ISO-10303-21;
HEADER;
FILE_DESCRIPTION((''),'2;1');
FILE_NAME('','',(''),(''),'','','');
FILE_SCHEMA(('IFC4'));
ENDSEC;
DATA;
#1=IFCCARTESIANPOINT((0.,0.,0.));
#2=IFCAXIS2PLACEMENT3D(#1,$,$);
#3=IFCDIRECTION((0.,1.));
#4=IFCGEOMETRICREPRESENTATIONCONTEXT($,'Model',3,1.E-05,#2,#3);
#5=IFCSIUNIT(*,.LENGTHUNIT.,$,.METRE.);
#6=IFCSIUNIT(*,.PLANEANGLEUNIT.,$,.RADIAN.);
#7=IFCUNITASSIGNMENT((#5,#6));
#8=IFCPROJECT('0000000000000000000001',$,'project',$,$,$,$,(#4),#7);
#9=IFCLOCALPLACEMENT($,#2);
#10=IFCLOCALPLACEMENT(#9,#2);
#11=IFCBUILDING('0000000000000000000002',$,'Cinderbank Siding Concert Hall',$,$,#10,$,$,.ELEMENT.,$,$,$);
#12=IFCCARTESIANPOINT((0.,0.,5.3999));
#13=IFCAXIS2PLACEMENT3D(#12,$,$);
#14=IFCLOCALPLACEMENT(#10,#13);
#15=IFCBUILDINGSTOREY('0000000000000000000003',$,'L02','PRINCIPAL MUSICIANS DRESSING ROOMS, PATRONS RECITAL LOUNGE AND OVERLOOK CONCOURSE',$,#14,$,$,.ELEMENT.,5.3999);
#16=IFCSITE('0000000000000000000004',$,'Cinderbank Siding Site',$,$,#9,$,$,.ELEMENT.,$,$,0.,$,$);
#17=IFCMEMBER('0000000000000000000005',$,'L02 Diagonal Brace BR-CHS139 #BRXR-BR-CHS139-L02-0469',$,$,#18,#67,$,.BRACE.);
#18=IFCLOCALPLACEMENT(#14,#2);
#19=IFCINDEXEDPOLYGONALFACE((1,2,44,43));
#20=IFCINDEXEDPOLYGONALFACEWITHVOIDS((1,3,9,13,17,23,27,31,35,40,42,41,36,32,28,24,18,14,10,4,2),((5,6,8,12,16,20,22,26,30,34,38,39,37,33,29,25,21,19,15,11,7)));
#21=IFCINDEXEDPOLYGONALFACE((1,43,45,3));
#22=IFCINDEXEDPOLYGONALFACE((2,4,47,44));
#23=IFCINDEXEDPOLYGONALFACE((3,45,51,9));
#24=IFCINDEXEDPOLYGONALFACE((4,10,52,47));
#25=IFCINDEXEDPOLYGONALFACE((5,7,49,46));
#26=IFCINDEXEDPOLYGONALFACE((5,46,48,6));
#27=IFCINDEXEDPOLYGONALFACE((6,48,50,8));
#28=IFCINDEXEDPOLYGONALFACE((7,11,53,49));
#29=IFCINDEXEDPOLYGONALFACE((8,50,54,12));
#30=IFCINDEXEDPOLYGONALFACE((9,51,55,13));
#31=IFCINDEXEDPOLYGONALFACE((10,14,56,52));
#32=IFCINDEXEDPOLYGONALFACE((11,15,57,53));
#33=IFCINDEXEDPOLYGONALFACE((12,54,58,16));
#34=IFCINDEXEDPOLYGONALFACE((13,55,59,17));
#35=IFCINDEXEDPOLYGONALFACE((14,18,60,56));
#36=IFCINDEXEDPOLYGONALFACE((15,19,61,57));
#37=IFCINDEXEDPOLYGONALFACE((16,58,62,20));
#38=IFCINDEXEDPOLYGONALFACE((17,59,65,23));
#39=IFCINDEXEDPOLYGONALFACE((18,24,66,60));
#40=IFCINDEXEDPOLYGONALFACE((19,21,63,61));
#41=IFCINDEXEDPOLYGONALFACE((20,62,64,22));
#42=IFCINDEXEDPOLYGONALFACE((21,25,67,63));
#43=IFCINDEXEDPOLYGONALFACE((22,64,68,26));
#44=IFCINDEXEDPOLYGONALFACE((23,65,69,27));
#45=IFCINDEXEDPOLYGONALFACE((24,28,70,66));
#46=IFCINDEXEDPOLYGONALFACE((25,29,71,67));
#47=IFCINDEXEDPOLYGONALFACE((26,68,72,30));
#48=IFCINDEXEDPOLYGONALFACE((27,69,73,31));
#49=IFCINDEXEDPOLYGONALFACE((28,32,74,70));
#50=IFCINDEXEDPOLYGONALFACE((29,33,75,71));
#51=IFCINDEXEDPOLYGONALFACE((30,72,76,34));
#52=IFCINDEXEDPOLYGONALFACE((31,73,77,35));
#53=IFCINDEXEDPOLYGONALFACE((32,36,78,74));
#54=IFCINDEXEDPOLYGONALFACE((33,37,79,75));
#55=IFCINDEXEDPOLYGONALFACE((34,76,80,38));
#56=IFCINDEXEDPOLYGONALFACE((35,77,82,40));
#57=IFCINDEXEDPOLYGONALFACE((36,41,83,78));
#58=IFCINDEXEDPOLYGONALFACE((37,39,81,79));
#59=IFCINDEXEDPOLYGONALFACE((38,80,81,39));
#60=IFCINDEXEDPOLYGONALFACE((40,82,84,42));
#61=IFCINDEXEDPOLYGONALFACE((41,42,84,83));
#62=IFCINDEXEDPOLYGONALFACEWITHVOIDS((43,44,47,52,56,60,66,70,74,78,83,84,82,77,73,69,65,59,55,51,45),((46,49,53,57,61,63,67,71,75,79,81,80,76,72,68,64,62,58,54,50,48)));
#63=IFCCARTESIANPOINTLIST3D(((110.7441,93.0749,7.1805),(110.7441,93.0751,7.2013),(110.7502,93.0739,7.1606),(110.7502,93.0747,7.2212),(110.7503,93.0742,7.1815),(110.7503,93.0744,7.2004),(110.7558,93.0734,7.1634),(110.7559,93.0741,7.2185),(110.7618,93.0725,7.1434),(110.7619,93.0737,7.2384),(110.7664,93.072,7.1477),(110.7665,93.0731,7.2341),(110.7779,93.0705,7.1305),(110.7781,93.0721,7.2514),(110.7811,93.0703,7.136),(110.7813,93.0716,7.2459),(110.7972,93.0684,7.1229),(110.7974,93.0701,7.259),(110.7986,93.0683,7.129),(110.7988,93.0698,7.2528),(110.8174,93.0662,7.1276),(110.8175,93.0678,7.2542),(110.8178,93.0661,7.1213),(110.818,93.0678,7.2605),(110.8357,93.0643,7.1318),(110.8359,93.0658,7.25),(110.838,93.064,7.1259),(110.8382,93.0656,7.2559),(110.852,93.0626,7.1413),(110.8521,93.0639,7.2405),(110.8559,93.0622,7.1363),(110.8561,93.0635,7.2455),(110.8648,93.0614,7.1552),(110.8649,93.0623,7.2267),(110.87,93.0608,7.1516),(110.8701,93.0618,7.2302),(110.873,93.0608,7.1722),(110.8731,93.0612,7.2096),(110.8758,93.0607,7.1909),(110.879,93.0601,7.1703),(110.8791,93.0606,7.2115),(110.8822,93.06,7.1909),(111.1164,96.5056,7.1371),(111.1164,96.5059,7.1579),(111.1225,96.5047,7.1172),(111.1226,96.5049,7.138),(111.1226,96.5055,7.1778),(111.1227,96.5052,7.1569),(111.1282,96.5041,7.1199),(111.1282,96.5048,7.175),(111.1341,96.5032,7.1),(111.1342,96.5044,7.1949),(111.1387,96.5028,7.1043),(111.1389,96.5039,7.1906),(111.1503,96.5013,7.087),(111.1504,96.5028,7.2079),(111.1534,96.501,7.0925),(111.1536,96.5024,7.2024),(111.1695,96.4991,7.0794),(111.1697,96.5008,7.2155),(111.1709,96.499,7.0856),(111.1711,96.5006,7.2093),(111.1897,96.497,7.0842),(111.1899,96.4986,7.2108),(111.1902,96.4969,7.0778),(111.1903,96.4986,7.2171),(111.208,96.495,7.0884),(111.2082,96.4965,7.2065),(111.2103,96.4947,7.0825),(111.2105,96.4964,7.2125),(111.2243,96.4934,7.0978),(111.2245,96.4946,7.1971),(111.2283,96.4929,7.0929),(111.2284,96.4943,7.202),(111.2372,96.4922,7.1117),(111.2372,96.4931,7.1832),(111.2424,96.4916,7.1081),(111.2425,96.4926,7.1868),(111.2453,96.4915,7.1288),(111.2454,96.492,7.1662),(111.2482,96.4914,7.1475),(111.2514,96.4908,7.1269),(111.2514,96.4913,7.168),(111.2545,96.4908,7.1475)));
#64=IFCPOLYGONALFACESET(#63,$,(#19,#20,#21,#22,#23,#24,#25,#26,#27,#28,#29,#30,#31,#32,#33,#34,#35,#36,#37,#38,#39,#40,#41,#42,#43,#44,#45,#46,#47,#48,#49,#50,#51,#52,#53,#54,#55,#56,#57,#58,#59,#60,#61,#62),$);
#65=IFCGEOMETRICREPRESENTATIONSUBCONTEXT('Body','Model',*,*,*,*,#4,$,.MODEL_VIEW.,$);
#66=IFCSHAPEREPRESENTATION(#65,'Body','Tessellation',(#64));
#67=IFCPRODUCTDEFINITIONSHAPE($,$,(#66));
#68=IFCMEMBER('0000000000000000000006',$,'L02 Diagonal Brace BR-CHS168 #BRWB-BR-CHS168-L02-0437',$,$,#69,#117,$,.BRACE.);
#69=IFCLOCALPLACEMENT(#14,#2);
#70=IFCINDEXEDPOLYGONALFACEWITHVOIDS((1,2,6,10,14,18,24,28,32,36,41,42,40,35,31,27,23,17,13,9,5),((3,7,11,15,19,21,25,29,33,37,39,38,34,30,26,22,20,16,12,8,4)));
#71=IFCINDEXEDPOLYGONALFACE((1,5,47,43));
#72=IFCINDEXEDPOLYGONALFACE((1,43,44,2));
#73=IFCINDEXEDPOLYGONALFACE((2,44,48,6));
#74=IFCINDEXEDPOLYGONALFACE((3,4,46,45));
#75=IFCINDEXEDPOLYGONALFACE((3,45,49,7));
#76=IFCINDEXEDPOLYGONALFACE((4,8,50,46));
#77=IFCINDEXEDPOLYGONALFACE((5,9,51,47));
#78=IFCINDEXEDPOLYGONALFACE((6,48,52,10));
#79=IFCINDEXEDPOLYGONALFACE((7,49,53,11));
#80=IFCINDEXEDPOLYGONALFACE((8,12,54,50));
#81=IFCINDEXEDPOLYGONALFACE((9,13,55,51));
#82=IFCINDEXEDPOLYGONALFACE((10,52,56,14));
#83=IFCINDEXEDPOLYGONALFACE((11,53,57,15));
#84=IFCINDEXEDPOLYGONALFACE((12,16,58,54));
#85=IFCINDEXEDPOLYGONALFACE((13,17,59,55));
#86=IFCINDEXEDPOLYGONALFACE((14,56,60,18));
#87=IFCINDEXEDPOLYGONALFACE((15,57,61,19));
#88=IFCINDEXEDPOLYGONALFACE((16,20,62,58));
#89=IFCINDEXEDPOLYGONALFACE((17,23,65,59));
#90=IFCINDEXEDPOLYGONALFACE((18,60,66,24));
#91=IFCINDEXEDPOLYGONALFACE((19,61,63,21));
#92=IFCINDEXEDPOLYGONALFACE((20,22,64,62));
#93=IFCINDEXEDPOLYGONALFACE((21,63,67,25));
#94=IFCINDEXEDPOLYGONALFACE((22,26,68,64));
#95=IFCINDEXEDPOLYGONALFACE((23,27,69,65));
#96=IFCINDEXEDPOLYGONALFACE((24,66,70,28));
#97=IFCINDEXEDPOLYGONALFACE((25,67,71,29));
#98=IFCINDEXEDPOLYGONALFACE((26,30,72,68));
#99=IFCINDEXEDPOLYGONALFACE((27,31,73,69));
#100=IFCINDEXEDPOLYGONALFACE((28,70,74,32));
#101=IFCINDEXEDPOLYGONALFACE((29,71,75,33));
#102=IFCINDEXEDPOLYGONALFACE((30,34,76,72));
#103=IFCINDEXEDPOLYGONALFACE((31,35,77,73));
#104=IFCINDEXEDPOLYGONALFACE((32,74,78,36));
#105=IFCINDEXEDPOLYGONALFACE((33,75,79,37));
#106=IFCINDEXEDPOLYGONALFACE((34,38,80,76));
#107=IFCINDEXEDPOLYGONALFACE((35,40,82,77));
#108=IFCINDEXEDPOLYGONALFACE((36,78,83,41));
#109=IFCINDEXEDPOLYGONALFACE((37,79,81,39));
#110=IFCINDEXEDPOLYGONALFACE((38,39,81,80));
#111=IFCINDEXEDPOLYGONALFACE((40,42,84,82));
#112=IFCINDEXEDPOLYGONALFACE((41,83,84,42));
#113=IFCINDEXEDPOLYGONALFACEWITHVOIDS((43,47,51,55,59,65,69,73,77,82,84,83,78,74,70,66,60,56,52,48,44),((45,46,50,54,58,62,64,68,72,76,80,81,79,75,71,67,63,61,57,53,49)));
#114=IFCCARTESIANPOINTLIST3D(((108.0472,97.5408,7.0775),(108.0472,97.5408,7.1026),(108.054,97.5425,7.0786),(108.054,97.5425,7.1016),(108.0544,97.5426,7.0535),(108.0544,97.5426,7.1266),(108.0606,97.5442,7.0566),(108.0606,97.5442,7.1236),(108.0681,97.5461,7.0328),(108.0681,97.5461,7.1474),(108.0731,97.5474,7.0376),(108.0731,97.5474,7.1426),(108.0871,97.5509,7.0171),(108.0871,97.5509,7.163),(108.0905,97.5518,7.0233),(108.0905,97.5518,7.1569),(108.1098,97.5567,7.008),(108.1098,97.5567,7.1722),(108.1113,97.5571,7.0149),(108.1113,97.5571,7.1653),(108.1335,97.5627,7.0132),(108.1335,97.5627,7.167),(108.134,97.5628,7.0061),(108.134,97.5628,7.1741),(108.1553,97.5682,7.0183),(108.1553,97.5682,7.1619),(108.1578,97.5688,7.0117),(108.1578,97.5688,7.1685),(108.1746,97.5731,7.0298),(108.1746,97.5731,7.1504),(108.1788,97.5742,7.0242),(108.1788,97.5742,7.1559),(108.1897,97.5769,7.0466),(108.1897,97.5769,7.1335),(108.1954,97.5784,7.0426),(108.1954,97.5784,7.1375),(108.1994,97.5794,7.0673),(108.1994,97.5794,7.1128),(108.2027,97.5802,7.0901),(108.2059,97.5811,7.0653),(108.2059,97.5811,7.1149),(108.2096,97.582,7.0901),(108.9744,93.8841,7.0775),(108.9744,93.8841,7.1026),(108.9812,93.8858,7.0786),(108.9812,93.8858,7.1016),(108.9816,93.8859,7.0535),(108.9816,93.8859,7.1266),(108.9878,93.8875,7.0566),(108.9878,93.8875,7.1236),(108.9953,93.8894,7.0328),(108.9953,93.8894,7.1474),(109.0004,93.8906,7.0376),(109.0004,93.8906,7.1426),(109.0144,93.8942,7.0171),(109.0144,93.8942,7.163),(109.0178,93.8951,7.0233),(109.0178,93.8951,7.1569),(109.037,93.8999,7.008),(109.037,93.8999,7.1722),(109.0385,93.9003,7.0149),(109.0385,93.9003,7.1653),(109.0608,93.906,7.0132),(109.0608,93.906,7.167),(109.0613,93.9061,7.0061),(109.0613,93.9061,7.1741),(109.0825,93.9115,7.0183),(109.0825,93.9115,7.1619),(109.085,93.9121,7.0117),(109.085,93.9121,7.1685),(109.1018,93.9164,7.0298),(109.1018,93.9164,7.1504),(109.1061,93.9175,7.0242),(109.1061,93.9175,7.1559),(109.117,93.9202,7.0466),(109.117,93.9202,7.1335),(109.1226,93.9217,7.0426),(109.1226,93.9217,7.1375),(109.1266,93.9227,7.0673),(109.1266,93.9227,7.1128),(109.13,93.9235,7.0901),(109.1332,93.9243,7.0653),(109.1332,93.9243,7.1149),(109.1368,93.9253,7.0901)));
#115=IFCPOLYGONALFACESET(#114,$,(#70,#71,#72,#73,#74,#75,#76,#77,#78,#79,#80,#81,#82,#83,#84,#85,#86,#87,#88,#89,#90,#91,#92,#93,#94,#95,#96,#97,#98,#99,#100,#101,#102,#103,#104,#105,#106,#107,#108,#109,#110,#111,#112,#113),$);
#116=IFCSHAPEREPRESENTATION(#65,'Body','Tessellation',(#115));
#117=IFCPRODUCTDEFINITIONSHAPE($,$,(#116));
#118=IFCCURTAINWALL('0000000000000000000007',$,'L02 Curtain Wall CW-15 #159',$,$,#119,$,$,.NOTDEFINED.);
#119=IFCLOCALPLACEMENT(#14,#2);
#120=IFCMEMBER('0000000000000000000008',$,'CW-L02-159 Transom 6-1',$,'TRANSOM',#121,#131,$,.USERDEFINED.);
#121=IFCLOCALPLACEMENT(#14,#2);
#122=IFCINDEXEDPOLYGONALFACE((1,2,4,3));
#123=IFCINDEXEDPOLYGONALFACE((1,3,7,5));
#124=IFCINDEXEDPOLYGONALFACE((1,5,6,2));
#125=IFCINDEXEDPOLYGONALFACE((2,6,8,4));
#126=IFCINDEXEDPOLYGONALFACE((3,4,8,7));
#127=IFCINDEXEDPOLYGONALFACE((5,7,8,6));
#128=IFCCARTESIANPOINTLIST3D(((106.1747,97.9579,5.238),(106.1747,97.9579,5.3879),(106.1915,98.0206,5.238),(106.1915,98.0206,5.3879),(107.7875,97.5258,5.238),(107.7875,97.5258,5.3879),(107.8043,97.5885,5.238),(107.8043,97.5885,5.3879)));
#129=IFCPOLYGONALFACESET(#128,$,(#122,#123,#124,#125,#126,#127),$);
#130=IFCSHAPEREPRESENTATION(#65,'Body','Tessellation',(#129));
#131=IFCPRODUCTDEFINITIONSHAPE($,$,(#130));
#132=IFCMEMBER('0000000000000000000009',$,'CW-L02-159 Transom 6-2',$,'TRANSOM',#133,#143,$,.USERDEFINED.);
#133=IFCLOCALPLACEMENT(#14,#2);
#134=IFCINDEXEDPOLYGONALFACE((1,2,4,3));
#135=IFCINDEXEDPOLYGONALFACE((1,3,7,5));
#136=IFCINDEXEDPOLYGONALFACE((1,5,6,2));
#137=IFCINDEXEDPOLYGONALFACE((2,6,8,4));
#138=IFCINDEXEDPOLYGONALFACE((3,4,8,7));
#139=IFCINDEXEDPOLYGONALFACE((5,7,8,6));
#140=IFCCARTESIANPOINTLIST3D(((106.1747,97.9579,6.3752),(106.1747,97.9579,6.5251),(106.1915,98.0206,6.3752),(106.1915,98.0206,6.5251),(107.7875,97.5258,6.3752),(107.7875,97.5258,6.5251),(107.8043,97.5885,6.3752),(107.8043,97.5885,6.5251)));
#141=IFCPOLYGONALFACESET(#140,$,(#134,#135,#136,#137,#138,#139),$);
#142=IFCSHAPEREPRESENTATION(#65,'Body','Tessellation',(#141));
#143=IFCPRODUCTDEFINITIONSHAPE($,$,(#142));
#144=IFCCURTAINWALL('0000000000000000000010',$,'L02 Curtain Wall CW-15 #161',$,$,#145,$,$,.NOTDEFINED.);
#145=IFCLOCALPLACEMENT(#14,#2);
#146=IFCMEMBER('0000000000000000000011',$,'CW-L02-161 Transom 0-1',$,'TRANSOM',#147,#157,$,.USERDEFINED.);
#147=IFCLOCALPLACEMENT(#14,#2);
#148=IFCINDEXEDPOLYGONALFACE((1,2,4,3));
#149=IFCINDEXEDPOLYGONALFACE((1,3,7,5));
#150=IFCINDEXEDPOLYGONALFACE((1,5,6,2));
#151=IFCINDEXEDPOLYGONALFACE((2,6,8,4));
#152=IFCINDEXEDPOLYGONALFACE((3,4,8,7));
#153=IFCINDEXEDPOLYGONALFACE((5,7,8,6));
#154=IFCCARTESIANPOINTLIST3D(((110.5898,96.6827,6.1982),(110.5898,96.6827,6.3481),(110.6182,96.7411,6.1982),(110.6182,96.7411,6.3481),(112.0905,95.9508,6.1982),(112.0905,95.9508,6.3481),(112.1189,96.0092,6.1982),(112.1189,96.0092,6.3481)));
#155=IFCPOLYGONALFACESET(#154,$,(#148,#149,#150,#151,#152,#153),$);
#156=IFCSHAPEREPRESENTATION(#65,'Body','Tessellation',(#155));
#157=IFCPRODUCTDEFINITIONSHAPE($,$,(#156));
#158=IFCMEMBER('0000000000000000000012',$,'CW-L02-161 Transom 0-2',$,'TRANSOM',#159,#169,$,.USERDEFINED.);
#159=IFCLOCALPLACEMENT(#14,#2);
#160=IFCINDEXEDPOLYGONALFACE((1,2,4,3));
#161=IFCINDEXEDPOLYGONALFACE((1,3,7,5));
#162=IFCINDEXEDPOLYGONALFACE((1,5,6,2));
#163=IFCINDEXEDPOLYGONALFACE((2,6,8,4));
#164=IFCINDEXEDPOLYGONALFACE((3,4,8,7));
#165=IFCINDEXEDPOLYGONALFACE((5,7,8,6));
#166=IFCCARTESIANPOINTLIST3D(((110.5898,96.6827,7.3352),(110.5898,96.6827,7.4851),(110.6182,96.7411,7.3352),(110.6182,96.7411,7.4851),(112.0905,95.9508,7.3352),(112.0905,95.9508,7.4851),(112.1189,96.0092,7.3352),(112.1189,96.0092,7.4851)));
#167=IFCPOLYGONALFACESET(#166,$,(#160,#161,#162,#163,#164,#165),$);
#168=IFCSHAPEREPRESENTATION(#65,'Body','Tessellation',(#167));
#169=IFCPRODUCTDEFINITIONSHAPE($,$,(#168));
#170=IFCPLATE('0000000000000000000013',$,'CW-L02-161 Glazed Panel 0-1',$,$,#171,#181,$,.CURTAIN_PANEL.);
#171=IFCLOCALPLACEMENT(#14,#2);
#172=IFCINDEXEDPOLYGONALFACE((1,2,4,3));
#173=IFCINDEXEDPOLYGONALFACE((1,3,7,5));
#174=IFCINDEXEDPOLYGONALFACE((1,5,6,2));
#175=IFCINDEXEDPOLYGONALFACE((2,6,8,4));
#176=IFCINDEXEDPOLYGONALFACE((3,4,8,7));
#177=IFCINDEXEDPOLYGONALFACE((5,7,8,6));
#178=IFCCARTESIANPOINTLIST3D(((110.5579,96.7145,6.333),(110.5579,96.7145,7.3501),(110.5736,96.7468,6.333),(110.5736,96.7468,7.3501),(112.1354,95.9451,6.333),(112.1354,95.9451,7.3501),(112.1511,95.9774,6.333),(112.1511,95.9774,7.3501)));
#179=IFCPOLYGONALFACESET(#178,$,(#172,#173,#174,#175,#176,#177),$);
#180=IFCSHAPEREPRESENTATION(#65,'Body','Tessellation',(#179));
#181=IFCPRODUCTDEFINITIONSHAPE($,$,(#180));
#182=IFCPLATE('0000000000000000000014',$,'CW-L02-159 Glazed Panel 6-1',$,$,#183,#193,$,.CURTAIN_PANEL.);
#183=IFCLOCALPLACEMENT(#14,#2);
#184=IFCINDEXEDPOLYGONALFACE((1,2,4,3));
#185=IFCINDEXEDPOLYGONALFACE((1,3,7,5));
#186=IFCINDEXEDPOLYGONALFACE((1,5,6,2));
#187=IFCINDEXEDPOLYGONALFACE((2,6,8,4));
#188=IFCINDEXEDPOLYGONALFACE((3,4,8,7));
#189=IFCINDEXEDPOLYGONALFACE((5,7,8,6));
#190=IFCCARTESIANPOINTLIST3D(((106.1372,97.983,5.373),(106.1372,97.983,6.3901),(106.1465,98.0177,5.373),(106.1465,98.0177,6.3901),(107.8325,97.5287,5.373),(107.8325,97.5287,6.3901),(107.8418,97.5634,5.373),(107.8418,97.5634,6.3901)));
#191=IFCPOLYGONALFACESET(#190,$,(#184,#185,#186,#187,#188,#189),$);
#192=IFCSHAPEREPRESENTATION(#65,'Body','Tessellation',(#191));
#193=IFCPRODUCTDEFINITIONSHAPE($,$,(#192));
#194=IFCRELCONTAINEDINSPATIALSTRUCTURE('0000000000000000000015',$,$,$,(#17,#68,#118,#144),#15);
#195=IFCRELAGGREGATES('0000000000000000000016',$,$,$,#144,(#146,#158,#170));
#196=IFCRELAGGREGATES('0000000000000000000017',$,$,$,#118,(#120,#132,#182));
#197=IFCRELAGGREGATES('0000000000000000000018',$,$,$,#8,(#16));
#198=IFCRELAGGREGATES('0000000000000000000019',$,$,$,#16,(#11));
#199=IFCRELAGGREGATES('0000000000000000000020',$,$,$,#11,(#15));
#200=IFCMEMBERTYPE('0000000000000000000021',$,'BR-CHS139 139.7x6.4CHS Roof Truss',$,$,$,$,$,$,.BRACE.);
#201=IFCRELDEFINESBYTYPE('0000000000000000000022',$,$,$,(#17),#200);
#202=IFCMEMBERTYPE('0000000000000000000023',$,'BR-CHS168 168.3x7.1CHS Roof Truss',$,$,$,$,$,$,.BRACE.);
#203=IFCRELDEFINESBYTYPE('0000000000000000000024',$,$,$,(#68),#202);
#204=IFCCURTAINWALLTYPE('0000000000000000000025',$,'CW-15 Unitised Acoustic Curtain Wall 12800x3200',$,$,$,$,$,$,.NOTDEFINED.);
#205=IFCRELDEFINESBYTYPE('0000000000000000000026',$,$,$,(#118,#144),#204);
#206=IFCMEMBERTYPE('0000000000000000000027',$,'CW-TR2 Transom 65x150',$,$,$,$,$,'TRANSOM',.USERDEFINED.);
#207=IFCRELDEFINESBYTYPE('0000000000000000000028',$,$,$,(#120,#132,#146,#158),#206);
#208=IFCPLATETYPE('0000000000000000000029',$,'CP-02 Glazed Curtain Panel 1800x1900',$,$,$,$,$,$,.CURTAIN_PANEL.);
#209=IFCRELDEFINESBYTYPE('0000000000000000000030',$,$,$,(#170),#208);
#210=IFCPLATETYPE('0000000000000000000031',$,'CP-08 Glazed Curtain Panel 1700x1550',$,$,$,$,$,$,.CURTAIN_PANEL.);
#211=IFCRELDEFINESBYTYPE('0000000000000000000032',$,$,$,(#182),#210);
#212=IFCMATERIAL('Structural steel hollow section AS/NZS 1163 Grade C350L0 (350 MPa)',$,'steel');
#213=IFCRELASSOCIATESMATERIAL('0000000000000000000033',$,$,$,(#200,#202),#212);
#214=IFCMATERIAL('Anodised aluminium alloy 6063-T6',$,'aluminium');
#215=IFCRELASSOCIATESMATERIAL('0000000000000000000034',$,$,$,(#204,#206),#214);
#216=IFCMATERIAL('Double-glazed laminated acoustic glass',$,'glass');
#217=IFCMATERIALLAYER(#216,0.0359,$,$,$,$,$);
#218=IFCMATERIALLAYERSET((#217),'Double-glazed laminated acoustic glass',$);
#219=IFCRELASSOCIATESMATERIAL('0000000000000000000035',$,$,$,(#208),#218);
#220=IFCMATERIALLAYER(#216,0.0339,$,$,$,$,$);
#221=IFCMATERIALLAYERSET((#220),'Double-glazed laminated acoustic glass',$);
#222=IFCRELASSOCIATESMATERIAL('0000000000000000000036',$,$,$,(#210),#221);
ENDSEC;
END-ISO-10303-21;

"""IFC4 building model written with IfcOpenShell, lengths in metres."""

from ifc_helpers import new_model, si_unit, direction, frame, origin, origin_2d, place, context, subcontext, project, spatial, rectangle, hollow_circle, extrude, material, layer, layer_set, material_profile, profile_set, type_object, element, aggregate, save


model = new_model("IFC4")

# Units and contexts
model_context = context("Model", 3, precision=1e-05, world=origin(), true_north=direction((0.0, 1.0)))
body_context = subcontext(model_context, "Body", "Model", "MODEL_VIEW")
ifc_project = project(units=[si_unit("LENGTHUNIT", "METRE"), si_unit("PLANEANGLEUNIT", "RADIAN")], contexts=[model_context])

# Site, building, storey
site_placement = place(None, origin())
site = spatial("IfcSite", under=ifc_project, at=site_placement, Name="Cinderbank Siding Site", CompositionType="ELEMENT", RefElevation=0.0)
building_placement = place(site_placement, origin())
building = spatial("IfcBuilding", under=site, at=building_placement, Name="Cinderbank Siding Concert Hall", CompositionType="ELEMENT")
storey_placement = place(building_placement, frame((0.0, 0.0, 5.3999)))
storey = spatial("IfcBuildingStorey", under=building, at=storey_placement, Name="L02", Description="PRINCIPAL MUSICIANS DRESSING ROOMS, PATRONS RECITAL LOUNGE AND OVERLOOK CONCOURSE", CompositionType="ELEMENT", Elevation=5.3999)

# Members
ifc_material_1 = material(Name="Structural steel hollow section AS/NZS 1163 Grade C350L0 (350 MPa)", Category="steel")
ifc_material_profile_1 = material_profile(ifc_material_1, hollow_circle(Radius=0.0698, WallThickness=0.0063, at=origin_2d()), Name="139.7x6.4CHS", Category="LoadBearing")
ifc_profile_set_1 = profile_set([ifc_material_profile_1], Name="Structural steel hollow section AS/NZS 1163 Grade C350L0 (350 MPa)")
member_type_1 = type_object("IfcMemberType", Name="BR-CHS139 139.7x6.4CHS Roof Truss", PredefinedType="BRACE", material=ifc_profile_set_1)
member_1_placement = place(storey_placement, frame((111.1851, 96.4983, 7.1475), z_axis=(-0.107883, -0.994084, 0.012592), x_axis=(0.994163, -0.107892, 0.0)))
element("IfcMember", 1, at=member_1_placement, inside=storey, type_object=member_type_1, Name="L02 Diagonal Brace BR-CHS139 #BRXR-BR-CHS139-L02-0469", PredefinedType="BRACE", context=body_context, shape_type="SweptSolid", body=[
    extrude(hollow_circle(Radius=0.0698, WallThickness=0.0063, at=origin_2d()), origin(), (0.0, 0.0, 1.0), 3.4512),
])
ifc_material_profile_2 = material_profile(ifc_material_1, hollow_circle(Radius=0.0842, WallThickness=0.0071, at=origin_2d()), Name="168.3x7.1CHS", Category="LoadBearing")
ifc_profile_set_2 = profile_set([ifc_material_profile_2], Name="Structural steel hollow section AS/NZS 1163 Grade C350L0 (350 MPa)")
member_type_2 = type_object("IfcMemberType", Name="BR-CHS168 168.3x7.1CHS Roof Truss", PredefinedType="BRACE", material=ifc_profile_set_2)
member_2_placement = place(storey_placement, frame((108.1279, 97.5613, 7.0901), z_axis=(0.245793, -0.969322, 0.0), x_axis=(0.969322, 0.245793, 0.0)))
element("IfcMember", 2, at=member_2_placement, inside=storey, type_object=member_type_2, Name="L02 Diagonal Brace BR-CHS168 #BRWB-BR-CHS168-L02-0437", PredefinedType="BRACE", context=body_context, shape_type="SweptSolid", body=[
    extrude(hollow_circle(Radius=0.0842, WallThickness=0.0071, at=origin_2d()), origin(), (0.0, 0.0, 1.0), 3.7725),
])

# Curtain wall, members
ifc_material_2 = material(Name="Anodised aluminium alloy 6063-T6", Category="aluminium")
curtain_wall_type = type_object("IfcCurtainWallType", Name="CW-15 Unitised Acoustic Curtain Wall 12800x3200", PredefinedType="NOTDEFINED", material=ifc_material_2)
curtain_wall_1_placement = place(storey_placement, origin())
curtain_wall_1 = element("IfcCurtainWall", 3, at=curtain_wall_1_placement, inside=storey, type_object=curtain_wall_type, Name="L02 Curtain Wall CW-15 #159", PredefinedType="NOTDEFINED")
ifc_material_profile_3 = material_profile(ifc_material_2, rectangle(XDim=0.0649, YDim=0.1499, at=origin_2d()), Name="ALU-TRAN-65x150", Category="LoadBearing")
ifc_profile_set_3 = profile_set([ifc_material_profile_3], Name="Anodised aluminium alloy 6063-T6")
member_type_3 = type_object("IfcMemberType", Name="CW-TR2 Transom 65x150", ElementType="TRANSOM", PredefinedType="USERDEFINED", material=ifc_profile_set_3)
member_3_placement = place(storey_placement, frame((106.1831, 97.9893, 5.313), z_axis=(0.965928, -0.258809, 0.0), x_axis=(0.258809, 0.965928, 0.0)))
member_3 = element("IfcMember", 4, at=member_3_placement, type_object=member_type_3, Name="CW-L02-159 Transom 6-1", ObjectType="TRANSOM", PredefinedType="USERDEFINED", context=body_context, shape_type="SweptSolid", body=[
    extrude(rectangle(XDim=0.0649, YDim=0.1499, at=origin_2d()), origin(), (0.0, 0.0, 1.0), 1.6697),
])
member_4_placement = place(storey_placement, frame((106.1831, 97.9893, 6.4502), z_axis=(0.965928, -0.258809, 0.0), x_axis=(0.258809, 0.965928, 0.0)))
member_4 = element("IfcMember", 5, at=member_4_placement, type_object=member_type_3, Name="CW-L02-159 Transom 6-2", ObjectType="TRANSOM", PredefinedType="USERDEFINED", context=body_context, shape_type="SweptSolid", body=[
    extrude(rectangle(XDim=0.0649, YDim=0.1499, at=origin_2d()), origin(), (0.0, 0.0, 1.0), 1.6697),
])

# Curtain wall, members, plate
curtain_wall_2_placement = place(storey_placement, origin())
curtain_wall_2 = element("IfcCurtainWall", 6, at=curtain_wall_2_placement, inside=storey, type_object=curtain_wall_type, Name="L02 Curtain Wall CW-15 #161", PredefinedType="NOTDEFINED")
member_5_placement = place(storey_placement, frame((110.604, 96.7119, 6.2732), z_axis=(0.898799, -0.43836, 0.0), x_axis=(0.43836, 0.898799, 0.0)))
member_5 = element("IfcMember", 7, at=member_5_placement, type_object=member_type_3, Name="CW-L02-161 Transom 0-1", ObjectType="TRANSOM", PredefinedType="USERDEFINED", context=body_context, shape_type="SweptSolid", body=[
    extrude(rectangle(XDim=0.0649, YDim=0.1499, at=origin_2d()), origin(), (0.0, 0.0, 1.0), 1.6697),
])
member_6_placement = place(storey_placement, frame((110.604, 96.7119, 7.4102), z_axis=(0.898799, -0.43836, 0.0), x_axis=(0.43836, 0.898799, 0.0)))
member_6 = element("IfcMember", 8, at=member_6_placement, type_object=member_type_3, Name="CW-L02-161 Transom 0-2", ObjectType="TRANSOM", PredefinedType="USERDEFINED", context=body_context, shape_type="SweptSolid", body=[
    extrude(rectangle(XDim=0.0649, YDim=0.1499, at=origin_2d()), origin(), (0.0, 0.0, 1.0), 1.6697),
])
ifc_material_3 = material(Name="Double-glazed laminated acoustic glass", Category="glass")
ifc_layer_1 = layer(ifc_material_3, 0.0359)
ifc_layer_set_1 = layer_set([ifc_layer_1], Name="Double-glazed laminated acoustic glass")
plate_type_1 = type_object("IfcPlateType", Name="CP-02 Glazed Curtain Panel 1800x1900", PredefinedType="CURTAIN_PANEL", material=ifc_layer_set_1)
plate_1_placement = place(storey_placement, frame((111.3545, 96.3459, 6.333), z_axis=(0.0, 0.0, 1.0), x_axis=(0.898794, -0.43837, 0.0)))
plate_1 = element("IfcPlate", 9, at=plate_1_placement, type_object=plate_type_1, Name="CW-L02-161 Glazed Panel 0-1", PredefinedType="CURTAIN_PANEL", context=body_context, shape_type="SweptSolid", body=[
    extrude(rectangle(XDim=1.7551, YDim=0.0359, at=origin_2d()), origin(), (0.0, 0.0, 1.0), 1.0171),
])
aggregate(curtain_wall_2, [member_5, member_6, plate_1])

# Plate
ifc_layer_2 = layer(ifc_material_3, 0.0339)
ifc_layer_set_2 = layer_set([ifc_layer_2], Name="Double-glazed laminated acoustic glass")
plate_type_2 = type_object("IfcPlateType", Name="CP-08 Glazed Curtain Panel 1700x1550", PredefinedType="CURTAIN_PANEL", material=ifc_layer_set_2)
plate_2_placement = place(storey_placement, frame((106.9895, 97.7732, 5.373), z_axis=(0.0, 0.0, 1.0), x_axis=(0.965926, -0.258818, 0.0)))
plate_2 = element("IfcPlate", 10, at=plate_2_placement, type_object=plate_type_2, Name="CW-L02-159 Glazed Panel 6-1", PredefinedType="CURTAIN_PANEL", context=body_context, shape_type="SweptSolid", body=[
    extrude(rectangle(XDim=1.7551, YDim=0.0359, at=origin_2d()), origin(), (0.0, 0.0, 1.0), 1.0171),
])
aggregate(curtain_wall_1, [member_3, member_4, plate_2])

save(model, "model.ifc")
